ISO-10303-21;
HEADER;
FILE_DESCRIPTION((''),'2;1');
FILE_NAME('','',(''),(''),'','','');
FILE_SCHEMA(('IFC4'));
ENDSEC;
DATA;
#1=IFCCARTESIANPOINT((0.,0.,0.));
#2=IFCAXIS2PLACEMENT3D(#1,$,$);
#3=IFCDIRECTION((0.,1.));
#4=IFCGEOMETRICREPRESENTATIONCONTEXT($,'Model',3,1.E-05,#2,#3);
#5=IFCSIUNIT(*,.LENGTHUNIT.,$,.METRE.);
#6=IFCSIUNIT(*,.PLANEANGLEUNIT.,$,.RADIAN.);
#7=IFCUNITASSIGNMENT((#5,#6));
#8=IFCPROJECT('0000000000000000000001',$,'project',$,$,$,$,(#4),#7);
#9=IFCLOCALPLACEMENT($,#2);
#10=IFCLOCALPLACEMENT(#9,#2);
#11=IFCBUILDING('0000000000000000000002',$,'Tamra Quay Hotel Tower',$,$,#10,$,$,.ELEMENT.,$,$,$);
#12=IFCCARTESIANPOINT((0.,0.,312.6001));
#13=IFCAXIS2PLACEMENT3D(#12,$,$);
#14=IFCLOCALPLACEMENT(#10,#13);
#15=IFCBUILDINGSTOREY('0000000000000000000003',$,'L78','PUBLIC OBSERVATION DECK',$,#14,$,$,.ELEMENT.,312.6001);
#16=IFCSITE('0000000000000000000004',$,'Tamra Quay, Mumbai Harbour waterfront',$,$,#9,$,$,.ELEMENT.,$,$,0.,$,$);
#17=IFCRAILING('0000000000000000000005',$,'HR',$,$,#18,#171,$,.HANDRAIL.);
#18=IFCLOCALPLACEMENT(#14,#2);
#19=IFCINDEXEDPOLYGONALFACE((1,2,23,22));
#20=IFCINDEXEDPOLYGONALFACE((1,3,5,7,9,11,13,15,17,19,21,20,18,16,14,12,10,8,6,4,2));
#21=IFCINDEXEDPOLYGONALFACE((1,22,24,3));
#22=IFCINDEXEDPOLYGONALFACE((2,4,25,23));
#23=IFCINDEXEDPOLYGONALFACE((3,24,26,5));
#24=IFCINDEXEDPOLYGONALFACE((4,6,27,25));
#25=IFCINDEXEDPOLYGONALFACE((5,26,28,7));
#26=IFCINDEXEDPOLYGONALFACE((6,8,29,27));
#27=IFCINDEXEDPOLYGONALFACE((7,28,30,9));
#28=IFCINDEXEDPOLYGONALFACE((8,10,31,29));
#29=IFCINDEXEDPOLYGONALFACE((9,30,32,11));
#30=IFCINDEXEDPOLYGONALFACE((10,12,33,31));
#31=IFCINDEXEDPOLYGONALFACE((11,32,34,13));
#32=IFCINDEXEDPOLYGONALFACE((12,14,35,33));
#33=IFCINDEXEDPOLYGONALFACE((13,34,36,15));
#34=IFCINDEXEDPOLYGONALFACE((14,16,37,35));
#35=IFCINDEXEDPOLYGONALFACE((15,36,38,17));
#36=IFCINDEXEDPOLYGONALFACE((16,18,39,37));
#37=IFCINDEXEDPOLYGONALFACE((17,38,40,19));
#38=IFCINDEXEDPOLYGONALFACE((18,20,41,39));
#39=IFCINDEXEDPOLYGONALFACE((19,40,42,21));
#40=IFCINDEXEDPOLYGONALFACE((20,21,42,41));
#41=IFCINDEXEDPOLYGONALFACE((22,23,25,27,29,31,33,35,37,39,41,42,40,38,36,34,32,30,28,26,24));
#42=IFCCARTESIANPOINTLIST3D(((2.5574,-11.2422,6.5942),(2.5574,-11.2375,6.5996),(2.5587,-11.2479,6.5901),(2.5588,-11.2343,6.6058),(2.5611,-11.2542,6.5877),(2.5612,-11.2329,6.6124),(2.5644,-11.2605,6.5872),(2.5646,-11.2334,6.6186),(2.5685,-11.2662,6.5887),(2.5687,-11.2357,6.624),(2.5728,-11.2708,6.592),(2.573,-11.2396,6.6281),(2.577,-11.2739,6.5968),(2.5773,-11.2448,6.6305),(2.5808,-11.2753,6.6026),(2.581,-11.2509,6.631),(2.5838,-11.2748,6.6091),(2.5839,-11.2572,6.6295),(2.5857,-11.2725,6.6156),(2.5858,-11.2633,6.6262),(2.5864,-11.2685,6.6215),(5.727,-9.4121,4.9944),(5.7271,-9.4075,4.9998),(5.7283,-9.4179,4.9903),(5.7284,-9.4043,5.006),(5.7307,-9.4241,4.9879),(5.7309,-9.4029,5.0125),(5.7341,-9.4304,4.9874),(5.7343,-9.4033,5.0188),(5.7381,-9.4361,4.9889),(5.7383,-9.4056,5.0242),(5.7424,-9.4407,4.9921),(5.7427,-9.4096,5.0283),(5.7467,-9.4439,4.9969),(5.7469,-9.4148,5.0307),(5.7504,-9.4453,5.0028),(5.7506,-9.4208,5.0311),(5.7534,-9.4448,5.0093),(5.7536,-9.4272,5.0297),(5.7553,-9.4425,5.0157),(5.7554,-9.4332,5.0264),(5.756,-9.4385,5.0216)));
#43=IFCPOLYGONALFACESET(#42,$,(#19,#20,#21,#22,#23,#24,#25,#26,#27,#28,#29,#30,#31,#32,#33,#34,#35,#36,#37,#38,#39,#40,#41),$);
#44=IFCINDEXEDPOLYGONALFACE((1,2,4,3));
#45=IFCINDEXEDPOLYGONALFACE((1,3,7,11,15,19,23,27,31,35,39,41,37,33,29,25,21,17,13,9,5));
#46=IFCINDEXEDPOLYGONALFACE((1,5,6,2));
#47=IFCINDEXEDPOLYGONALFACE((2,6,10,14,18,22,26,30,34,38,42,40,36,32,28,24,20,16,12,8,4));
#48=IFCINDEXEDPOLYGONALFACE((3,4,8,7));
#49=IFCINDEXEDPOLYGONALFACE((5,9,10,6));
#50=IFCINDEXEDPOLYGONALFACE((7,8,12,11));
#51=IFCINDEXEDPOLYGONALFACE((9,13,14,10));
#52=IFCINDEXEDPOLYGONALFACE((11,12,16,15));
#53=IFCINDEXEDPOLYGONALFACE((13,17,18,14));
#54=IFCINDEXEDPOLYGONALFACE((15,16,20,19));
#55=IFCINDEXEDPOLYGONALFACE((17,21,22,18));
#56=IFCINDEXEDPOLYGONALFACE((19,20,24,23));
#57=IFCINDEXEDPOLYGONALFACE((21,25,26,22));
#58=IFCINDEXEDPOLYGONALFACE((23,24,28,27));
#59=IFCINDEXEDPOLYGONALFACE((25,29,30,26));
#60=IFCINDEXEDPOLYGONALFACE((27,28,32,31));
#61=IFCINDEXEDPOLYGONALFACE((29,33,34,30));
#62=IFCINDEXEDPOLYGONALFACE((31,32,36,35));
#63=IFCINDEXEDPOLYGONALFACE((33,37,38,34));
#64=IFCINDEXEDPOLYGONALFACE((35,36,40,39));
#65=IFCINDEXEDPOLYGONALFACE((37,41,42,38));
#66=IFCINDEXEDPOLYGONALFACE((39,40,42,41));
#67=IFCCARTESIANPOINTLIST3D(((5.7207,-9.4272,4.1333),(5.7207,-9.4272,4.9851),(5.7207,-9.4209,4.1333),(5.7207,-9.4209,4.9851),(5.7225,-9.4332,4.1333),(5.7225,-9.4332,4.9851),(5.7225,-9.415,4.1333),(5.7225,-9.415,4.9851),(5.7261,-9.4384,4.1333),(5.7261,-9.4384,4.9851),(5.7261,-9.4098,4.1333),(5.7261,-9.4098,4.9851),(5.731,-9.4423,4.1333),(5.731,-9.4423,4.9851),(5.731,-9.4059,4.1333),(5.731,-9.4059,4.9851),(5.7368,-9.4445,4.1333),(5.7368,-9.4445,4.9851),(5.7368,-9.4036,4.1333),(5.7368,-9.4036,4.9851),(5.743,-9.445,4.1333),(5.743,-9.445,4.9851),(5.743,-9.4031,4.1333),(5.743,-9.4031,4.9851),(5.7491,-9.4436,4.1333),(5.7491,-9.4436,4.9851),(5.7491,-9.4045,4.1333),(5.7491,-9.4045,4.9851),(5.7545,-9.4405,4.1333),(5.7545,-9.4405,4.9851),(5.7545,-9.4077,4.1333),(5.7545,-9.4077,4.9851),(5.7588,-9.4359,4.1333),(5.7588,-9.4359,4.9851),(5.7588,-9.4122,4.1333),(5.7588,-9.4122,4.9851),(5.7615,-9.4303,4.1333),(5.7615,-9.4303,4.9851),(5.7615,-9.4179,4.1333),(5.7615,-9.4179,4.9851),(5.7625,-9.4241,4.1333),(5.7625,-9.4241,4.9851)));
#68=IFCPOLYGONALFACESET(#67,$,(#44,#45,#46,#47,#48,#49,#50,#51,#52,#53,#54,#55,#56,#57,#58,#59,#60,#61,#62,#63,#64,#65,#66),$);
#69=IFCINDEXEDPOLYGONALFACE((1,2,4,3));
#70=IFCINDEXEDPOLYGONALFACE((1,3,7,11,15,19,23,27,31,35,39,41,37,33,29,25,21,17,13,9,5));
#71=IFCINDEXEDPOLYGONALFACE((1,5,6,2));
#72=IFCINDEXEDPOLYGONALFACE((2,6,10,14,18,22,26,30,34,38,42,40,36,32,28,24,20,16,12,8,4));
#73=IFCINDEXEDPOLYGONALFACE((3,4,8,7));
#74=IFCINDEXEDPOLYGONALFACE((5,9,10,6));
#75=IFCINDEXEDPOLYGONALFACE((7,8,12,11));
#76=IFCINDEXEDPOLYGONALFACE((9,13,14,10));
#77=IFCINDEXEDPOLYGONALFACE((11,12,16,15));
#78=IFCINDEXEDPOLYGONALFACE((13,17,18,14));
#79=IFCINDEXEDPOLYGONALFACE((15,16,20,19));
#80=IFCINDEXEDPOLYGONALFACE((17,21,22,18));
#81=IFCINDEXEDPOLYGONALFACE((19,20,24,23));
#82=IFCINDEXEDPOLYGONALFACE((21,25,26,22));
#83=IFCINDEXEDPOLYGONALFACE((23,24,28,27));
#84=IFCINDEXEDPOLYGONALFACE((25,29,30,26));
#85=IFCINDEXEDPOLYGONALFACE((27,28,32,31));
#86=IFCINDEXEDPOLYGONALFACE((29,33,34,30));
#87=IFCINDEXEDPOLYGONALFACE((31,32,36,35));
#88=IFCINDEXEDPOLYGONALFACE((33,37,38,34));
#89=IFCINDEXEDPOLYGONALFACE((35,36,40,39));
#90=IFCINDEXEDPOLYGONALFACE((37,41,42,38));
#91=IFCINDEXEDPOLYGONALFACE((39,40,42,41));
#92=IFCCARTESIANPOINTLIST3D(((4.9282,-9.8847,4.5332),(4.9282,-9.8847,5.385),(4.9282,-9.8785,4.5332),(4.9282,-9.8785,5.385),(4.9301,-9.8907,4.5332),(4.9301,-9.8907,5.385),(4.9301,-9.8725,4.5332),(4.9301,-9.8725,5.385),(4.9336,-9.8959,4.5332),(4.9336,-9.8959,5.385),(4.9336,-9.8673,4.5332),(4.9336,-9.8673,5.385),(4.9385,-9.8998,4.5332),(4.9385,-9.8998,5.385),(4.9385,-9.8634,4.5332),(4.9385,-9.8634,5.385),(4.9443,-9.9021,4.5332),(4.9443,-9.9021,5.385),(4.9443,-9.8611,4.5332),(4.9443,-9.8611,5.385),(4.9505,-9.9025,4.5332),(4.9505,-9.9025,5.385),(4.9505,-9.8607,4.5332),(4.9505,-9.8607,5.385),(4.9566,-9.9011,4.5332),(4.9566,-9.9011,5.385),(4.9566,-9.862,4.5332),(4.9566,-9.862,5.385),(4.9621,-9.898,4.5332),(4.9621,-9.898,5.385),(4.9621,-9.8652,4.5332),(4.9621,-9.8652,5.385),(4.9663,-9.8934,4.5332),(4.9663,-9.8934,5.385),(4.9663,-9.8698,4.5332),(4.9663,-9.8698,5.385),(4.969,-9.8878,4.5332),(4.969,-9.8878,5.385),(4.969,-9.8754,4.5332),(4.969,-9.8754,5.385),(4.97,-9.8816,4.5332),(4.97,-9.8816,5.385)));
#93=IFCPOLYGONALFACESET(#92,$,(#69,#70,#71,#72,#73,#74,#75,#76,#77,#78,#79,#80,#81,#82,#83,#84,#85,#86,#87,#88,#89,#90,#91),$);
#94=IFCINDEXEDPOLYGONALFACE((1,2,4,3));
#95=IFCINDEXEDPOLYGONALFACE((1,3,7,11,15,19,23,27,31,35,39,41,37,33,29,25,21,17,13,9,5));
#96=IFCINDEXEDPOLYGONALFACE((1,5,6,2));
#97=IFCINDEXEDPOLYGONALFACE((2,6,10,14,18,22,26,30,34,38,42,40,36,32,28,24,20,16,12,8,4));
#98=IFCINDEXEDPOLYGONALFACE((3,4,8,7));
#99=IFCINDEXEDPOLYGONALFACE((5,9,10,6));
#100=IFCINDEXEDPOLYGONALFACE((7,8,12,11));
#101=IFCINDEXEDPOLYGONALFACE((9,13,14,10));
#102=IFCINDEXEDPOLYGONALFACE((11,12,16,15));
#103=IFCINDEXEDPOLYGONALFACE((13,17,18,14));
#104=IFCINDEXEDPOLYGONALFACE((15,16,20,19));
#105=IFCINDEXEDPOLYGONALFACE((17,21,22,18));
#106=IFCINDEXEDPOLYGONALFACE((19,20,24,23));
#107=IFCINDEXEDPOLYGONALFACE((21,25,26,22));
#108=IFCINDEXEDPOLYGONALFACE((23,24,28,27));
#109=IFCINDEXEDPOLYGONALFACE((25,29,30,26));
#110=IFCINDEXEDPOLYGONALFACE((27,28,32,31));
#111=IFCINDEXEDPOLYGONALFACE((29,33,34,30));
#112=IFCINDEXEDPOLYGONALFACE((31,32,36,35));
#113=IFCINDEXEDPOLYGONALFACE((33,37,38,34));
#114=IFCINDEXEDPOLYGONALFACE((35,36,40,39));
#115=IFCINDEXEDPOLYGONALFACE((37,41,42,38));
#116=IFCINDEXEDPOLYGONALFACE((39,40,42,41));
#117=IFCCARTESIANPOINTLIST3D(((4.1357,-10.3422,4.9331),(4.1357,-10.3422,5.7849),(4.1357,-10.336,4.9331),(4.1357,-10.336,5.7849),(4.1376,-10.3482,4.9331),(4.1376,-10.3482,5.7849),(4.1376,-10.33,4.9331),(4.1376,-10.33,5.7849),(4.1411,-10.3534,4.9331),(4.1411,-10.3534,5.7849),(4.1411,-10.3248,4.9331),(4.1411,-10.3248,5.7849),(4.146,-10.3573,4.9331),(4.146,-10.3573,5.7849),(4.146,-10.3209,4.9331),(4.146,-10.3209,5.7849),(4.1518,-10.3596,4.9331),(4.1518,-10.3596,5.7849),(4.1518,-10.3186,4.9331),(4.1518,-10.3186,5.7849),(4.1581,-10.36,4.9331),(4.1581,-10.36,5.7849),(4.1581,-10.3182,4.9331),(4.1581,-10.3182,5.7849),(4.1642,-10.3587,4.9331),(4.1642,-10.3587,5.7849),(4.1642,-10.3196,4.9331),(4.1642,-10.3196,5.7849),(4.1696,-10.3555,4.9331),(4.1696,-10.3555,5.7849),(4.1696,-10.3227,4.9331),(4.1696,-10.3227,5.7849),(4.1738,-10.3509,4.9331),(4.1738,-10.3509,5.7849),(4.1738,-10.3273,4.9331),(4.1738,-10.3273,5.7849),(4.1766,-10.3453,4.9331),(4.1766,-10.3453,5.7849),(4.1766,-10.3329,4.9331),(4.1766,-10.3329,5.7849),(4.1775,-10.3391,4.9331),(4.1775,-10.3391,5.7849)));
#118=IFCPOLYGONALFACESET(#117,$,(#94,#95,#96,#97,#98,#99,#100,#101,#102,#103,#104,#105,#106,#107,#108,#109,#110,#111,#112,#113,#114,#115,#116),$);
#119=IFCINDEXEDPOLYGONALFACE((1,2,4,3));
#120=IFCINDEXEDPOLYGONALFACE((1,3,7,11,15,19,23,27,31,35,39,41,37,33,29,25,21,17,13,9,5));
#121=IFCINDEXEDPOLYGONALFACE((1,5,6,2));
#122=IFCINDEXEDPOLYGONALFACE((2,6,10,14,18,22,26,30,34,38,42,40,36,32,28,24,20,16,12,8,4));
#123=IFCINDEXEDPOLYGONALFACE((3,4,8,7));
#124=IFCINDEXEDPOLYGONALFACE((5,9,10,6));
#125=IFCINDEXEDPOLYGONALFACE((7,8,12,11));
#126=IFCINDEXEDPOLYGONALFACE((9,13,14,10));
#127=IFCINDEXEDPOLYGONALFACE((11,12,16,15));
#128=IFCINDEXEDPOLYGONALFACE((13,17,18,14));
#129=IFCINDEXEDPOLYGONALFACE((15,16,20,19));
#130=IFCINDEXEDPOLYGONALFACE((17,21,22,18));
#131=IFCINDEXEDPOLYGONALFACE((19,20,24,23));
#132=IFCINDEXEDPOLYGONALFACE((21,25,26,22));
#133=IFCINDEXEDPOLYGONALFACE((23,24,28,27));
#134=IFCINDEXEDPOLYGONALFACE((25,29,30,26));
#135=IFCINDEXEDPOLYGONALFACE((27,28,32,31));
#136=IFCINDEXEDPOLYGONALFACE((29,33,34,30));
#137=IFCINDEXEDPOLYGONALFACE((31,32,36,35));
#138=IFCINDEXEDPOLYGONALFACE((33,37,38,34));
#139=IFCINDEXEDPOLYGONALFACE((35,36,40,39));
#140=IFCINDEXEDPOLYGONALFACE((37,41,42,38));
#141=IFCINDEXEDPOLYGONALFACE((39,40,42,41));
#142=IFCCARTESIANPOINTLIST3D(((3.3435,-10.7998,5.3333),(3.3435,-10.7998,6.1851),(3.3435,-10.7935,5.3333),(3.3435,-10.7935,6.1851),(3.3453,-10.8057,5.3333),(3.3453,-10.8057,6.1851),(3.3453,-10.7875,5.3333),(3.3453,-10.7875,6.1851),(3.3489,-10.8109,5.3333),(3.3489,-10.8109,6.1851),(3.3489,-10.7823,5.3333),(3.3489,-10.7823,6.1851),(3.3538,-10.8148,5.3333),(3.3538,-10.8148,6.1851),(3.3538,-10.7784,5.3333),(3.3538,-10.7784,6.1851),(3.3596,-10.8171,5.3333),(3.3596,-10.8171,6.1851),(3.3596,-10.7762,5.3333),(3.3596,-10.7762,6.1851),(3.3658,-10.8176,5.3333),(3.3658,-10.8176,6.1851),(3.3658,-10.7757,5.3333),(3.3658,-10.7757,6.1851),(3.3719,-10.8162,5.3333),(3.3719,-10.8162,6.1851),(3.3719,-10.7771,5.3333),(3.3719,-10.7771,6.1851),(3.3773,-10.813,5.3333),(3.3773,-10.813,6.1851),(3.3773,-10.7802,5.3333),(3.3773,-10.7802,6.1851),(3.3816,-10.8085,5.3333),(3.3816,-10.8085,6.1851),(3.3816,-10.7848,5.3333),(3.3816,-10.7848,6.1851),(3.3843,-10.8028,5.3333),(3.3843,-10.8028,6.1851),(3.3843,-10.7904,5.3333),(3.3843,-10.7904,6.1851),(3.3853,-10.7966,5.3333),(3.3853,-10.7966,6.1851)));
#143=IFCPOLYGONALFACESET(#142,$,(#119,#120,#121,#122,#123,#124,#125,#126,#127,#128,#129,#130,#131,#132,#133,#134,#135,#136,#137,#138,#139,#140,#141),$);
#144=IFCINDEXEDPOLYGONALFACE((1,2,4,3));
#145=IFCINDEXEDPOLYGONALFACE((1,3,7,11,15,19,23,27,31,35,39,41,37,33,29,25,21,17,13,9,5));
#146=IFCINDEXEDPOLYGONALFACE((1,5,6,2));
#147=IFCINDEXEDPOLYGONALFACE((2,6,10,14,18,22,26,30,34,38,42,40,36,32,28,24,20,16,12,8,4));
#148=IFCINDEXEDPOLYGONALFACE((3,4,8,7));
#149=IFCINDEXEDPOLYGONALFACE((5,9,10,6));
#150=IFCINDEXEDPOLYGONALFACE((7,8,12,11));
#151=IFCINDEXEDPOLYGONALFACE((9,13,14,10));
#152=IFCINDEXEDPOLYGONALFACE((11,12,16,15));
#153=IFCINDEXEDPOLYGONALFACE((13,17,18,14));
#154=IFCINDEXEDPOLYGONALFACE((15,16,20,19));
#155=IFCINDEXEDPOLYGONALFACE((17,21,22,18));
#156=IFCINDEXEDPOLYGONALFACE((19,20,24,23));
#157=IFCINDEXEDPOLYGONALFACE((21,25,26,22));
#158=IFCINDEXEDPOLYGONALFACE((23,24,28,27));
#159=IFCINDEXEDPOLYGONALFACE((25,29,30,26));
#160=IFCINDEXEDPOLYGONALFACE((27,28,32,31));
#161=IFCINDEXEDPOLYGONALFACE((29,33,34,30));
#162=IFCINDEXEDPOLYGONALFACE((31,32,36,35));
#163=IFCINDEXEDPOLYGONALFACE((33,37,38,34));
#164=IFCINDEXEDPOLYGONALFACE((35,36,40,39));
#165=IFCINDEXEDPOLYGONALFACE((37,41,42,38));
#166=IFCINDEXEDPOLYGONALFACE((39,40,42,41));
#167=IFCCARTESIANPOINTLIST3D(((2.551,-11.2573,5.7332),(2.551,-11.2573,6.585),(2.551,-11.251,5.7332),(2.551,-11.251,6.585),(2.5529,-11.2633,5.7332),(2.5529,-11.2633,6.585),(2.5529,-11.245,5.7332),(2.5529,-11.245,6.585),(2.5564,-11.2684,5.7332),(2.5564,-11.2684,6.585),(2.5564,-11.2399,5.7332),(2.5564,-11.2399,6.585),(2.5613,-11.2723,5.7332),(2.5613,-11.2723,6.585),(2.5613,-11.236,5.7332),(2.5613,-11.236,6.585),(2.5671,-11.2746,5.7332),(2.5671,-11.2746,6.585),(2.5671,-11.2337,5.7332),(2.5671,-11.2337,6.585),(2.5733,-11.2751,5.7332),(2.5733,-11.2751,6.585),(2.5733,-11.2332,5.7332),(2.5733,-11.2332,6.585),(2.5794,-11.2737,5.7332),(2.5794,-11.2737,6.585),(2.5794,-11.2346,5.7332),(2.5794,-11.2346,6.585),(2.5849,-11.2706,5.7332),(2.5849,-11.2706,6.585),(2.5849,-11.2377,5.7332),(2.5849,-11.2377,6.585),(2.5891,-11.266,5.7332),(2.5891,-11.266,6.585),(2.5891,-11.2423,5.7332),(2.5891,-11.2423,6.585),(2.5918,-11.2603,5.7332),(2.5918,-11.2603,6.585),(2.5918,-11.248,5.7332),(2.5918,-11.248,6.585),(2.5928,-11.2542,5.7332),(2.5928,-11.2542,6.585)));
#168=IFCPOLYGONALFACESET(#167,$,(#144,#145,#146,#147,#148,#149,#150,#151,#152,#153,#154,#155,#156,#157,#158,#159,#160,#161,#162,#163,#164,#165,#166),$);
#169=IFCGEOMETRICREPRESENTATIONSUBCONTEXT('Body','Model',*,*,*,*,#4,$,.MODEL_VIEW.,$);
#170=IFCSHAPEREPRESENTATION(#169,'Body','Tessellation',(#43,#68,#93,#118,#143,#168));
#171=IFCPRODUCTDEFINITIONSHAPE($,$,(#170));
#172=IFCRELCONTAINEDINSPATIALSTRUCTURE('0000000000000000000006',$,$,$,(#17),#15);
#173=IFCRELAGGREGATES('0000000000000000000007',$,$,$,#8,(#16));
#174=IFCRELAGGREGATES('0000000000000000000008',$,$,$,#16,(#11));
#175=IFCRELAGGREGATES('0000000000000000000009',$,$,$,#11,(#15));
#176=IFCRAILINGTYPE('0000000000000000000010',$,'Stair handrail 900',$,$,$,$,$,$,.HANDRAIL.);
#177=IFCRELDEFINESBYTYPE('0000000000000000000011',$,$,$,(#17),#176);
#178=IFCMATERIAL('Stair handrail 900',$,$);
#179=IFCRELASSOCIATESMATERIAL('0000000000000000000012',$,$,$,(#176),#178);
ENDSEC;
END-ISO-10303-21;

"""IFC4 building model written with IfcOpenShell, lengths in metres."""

from ifc_helpers import new_model, si_unit, direction, frame, origin, origin_2d, place, context, subcontext, project, spatial, circle, extrude, material, type_object, element, save


model = new_model("IFC4")

# Units and contexts
model_context = context("Model", 3, precision=1e-05, world=origin(), true_north=direction((0.0, 1.0)))
body_context = subcontext(model_context, "Body", "Model", "MODEL_VIEW")
ifc_project = project(units=[si_unit("LENGTHUNIT", "METRE"), si_unit("PLANEANGLEUNIT", "RADIAN")], contexts=[model_context])

# Site, building, storey
site_placement = place(None, origin())
site = spatial("IfcSite", under=ifc_project, at=site_placement, Name="Tamra Quay, Mumbai Harbour waterfront", CompositionType="ELEMENT", RefElevation=0.0)
building_placement = place(site_placement, origin())
building = spatial("IfcBuilding", under=site, at=building_placement, Name="Tamra Quay Hotel Tower", CompositionType="ELEMENT")
storey_placement = place(building_placement, frame((0.0, 0.0, 312.6001)))
storey = spatial("IfcBuildingStorey", under=building, at=storey_placement, Name="L78", Description="PUBLIC OBSERVATION DECK", CompositionType="ELEMENT", Elevation=312.6001)

# Railing
ifc_material_1 = material(Name="Stair handrail 900")
railing_type_1 = type_object("IfcRailingType", Name="Stair handrail 900", PredefinedType="HANDRAIL", material=ifc_material_1)
railing_1_placement = place(storey_placement, frame((5.7415, -9.4241, 4.1333)))
element("IfcRailing", 1, at=railing_1_placement, inside=storey, type_object=railing_type_1, Name="HR", PredefinedType="HANDRAIL", context=body_context, shape_type="SweptSolid", body=[
    extrude(circle(Radius=0.0239, at=origin_2d()), frame((0.0, 0.0, 0.876), z_axis=(-0.793522, -0.458156, 0.40052), x_axis=(0.500013, -0.866018, 0.0)), (0.0, 0.0, 1.0), 3.9944),
    extrude(circle(Radius=0.021, at=origin_2d()), origin(), (0.0, 0.0, 1.0), 0.8518),
    extrude(circle(Radius=0.021, at=origin_2d()), frame((-0.7925, -0.4575, 0.3999)), (0.0, 0.0, 1.0), 0.8518),
    extrude(circle(Radius=0.021, at=origin_2d()), frame((-1.585, -0.915, 0.7998)), (0.0, 0.0, 1.0), 0.8518),
    extrude(circle(Radius=0.021, at=origin_2d()), frame((-2.3772, -1.3726, 1.2)), (0.0, 0.0, 1.0), 0.8518),
    extrude(circle(Radius=0.021, at=origin_2d()), frame((-3.1697, -1.8301, 1.5999)), (0.0, 0.0, 1.0), 0.8518),
])

save(model, "model.ifc")
